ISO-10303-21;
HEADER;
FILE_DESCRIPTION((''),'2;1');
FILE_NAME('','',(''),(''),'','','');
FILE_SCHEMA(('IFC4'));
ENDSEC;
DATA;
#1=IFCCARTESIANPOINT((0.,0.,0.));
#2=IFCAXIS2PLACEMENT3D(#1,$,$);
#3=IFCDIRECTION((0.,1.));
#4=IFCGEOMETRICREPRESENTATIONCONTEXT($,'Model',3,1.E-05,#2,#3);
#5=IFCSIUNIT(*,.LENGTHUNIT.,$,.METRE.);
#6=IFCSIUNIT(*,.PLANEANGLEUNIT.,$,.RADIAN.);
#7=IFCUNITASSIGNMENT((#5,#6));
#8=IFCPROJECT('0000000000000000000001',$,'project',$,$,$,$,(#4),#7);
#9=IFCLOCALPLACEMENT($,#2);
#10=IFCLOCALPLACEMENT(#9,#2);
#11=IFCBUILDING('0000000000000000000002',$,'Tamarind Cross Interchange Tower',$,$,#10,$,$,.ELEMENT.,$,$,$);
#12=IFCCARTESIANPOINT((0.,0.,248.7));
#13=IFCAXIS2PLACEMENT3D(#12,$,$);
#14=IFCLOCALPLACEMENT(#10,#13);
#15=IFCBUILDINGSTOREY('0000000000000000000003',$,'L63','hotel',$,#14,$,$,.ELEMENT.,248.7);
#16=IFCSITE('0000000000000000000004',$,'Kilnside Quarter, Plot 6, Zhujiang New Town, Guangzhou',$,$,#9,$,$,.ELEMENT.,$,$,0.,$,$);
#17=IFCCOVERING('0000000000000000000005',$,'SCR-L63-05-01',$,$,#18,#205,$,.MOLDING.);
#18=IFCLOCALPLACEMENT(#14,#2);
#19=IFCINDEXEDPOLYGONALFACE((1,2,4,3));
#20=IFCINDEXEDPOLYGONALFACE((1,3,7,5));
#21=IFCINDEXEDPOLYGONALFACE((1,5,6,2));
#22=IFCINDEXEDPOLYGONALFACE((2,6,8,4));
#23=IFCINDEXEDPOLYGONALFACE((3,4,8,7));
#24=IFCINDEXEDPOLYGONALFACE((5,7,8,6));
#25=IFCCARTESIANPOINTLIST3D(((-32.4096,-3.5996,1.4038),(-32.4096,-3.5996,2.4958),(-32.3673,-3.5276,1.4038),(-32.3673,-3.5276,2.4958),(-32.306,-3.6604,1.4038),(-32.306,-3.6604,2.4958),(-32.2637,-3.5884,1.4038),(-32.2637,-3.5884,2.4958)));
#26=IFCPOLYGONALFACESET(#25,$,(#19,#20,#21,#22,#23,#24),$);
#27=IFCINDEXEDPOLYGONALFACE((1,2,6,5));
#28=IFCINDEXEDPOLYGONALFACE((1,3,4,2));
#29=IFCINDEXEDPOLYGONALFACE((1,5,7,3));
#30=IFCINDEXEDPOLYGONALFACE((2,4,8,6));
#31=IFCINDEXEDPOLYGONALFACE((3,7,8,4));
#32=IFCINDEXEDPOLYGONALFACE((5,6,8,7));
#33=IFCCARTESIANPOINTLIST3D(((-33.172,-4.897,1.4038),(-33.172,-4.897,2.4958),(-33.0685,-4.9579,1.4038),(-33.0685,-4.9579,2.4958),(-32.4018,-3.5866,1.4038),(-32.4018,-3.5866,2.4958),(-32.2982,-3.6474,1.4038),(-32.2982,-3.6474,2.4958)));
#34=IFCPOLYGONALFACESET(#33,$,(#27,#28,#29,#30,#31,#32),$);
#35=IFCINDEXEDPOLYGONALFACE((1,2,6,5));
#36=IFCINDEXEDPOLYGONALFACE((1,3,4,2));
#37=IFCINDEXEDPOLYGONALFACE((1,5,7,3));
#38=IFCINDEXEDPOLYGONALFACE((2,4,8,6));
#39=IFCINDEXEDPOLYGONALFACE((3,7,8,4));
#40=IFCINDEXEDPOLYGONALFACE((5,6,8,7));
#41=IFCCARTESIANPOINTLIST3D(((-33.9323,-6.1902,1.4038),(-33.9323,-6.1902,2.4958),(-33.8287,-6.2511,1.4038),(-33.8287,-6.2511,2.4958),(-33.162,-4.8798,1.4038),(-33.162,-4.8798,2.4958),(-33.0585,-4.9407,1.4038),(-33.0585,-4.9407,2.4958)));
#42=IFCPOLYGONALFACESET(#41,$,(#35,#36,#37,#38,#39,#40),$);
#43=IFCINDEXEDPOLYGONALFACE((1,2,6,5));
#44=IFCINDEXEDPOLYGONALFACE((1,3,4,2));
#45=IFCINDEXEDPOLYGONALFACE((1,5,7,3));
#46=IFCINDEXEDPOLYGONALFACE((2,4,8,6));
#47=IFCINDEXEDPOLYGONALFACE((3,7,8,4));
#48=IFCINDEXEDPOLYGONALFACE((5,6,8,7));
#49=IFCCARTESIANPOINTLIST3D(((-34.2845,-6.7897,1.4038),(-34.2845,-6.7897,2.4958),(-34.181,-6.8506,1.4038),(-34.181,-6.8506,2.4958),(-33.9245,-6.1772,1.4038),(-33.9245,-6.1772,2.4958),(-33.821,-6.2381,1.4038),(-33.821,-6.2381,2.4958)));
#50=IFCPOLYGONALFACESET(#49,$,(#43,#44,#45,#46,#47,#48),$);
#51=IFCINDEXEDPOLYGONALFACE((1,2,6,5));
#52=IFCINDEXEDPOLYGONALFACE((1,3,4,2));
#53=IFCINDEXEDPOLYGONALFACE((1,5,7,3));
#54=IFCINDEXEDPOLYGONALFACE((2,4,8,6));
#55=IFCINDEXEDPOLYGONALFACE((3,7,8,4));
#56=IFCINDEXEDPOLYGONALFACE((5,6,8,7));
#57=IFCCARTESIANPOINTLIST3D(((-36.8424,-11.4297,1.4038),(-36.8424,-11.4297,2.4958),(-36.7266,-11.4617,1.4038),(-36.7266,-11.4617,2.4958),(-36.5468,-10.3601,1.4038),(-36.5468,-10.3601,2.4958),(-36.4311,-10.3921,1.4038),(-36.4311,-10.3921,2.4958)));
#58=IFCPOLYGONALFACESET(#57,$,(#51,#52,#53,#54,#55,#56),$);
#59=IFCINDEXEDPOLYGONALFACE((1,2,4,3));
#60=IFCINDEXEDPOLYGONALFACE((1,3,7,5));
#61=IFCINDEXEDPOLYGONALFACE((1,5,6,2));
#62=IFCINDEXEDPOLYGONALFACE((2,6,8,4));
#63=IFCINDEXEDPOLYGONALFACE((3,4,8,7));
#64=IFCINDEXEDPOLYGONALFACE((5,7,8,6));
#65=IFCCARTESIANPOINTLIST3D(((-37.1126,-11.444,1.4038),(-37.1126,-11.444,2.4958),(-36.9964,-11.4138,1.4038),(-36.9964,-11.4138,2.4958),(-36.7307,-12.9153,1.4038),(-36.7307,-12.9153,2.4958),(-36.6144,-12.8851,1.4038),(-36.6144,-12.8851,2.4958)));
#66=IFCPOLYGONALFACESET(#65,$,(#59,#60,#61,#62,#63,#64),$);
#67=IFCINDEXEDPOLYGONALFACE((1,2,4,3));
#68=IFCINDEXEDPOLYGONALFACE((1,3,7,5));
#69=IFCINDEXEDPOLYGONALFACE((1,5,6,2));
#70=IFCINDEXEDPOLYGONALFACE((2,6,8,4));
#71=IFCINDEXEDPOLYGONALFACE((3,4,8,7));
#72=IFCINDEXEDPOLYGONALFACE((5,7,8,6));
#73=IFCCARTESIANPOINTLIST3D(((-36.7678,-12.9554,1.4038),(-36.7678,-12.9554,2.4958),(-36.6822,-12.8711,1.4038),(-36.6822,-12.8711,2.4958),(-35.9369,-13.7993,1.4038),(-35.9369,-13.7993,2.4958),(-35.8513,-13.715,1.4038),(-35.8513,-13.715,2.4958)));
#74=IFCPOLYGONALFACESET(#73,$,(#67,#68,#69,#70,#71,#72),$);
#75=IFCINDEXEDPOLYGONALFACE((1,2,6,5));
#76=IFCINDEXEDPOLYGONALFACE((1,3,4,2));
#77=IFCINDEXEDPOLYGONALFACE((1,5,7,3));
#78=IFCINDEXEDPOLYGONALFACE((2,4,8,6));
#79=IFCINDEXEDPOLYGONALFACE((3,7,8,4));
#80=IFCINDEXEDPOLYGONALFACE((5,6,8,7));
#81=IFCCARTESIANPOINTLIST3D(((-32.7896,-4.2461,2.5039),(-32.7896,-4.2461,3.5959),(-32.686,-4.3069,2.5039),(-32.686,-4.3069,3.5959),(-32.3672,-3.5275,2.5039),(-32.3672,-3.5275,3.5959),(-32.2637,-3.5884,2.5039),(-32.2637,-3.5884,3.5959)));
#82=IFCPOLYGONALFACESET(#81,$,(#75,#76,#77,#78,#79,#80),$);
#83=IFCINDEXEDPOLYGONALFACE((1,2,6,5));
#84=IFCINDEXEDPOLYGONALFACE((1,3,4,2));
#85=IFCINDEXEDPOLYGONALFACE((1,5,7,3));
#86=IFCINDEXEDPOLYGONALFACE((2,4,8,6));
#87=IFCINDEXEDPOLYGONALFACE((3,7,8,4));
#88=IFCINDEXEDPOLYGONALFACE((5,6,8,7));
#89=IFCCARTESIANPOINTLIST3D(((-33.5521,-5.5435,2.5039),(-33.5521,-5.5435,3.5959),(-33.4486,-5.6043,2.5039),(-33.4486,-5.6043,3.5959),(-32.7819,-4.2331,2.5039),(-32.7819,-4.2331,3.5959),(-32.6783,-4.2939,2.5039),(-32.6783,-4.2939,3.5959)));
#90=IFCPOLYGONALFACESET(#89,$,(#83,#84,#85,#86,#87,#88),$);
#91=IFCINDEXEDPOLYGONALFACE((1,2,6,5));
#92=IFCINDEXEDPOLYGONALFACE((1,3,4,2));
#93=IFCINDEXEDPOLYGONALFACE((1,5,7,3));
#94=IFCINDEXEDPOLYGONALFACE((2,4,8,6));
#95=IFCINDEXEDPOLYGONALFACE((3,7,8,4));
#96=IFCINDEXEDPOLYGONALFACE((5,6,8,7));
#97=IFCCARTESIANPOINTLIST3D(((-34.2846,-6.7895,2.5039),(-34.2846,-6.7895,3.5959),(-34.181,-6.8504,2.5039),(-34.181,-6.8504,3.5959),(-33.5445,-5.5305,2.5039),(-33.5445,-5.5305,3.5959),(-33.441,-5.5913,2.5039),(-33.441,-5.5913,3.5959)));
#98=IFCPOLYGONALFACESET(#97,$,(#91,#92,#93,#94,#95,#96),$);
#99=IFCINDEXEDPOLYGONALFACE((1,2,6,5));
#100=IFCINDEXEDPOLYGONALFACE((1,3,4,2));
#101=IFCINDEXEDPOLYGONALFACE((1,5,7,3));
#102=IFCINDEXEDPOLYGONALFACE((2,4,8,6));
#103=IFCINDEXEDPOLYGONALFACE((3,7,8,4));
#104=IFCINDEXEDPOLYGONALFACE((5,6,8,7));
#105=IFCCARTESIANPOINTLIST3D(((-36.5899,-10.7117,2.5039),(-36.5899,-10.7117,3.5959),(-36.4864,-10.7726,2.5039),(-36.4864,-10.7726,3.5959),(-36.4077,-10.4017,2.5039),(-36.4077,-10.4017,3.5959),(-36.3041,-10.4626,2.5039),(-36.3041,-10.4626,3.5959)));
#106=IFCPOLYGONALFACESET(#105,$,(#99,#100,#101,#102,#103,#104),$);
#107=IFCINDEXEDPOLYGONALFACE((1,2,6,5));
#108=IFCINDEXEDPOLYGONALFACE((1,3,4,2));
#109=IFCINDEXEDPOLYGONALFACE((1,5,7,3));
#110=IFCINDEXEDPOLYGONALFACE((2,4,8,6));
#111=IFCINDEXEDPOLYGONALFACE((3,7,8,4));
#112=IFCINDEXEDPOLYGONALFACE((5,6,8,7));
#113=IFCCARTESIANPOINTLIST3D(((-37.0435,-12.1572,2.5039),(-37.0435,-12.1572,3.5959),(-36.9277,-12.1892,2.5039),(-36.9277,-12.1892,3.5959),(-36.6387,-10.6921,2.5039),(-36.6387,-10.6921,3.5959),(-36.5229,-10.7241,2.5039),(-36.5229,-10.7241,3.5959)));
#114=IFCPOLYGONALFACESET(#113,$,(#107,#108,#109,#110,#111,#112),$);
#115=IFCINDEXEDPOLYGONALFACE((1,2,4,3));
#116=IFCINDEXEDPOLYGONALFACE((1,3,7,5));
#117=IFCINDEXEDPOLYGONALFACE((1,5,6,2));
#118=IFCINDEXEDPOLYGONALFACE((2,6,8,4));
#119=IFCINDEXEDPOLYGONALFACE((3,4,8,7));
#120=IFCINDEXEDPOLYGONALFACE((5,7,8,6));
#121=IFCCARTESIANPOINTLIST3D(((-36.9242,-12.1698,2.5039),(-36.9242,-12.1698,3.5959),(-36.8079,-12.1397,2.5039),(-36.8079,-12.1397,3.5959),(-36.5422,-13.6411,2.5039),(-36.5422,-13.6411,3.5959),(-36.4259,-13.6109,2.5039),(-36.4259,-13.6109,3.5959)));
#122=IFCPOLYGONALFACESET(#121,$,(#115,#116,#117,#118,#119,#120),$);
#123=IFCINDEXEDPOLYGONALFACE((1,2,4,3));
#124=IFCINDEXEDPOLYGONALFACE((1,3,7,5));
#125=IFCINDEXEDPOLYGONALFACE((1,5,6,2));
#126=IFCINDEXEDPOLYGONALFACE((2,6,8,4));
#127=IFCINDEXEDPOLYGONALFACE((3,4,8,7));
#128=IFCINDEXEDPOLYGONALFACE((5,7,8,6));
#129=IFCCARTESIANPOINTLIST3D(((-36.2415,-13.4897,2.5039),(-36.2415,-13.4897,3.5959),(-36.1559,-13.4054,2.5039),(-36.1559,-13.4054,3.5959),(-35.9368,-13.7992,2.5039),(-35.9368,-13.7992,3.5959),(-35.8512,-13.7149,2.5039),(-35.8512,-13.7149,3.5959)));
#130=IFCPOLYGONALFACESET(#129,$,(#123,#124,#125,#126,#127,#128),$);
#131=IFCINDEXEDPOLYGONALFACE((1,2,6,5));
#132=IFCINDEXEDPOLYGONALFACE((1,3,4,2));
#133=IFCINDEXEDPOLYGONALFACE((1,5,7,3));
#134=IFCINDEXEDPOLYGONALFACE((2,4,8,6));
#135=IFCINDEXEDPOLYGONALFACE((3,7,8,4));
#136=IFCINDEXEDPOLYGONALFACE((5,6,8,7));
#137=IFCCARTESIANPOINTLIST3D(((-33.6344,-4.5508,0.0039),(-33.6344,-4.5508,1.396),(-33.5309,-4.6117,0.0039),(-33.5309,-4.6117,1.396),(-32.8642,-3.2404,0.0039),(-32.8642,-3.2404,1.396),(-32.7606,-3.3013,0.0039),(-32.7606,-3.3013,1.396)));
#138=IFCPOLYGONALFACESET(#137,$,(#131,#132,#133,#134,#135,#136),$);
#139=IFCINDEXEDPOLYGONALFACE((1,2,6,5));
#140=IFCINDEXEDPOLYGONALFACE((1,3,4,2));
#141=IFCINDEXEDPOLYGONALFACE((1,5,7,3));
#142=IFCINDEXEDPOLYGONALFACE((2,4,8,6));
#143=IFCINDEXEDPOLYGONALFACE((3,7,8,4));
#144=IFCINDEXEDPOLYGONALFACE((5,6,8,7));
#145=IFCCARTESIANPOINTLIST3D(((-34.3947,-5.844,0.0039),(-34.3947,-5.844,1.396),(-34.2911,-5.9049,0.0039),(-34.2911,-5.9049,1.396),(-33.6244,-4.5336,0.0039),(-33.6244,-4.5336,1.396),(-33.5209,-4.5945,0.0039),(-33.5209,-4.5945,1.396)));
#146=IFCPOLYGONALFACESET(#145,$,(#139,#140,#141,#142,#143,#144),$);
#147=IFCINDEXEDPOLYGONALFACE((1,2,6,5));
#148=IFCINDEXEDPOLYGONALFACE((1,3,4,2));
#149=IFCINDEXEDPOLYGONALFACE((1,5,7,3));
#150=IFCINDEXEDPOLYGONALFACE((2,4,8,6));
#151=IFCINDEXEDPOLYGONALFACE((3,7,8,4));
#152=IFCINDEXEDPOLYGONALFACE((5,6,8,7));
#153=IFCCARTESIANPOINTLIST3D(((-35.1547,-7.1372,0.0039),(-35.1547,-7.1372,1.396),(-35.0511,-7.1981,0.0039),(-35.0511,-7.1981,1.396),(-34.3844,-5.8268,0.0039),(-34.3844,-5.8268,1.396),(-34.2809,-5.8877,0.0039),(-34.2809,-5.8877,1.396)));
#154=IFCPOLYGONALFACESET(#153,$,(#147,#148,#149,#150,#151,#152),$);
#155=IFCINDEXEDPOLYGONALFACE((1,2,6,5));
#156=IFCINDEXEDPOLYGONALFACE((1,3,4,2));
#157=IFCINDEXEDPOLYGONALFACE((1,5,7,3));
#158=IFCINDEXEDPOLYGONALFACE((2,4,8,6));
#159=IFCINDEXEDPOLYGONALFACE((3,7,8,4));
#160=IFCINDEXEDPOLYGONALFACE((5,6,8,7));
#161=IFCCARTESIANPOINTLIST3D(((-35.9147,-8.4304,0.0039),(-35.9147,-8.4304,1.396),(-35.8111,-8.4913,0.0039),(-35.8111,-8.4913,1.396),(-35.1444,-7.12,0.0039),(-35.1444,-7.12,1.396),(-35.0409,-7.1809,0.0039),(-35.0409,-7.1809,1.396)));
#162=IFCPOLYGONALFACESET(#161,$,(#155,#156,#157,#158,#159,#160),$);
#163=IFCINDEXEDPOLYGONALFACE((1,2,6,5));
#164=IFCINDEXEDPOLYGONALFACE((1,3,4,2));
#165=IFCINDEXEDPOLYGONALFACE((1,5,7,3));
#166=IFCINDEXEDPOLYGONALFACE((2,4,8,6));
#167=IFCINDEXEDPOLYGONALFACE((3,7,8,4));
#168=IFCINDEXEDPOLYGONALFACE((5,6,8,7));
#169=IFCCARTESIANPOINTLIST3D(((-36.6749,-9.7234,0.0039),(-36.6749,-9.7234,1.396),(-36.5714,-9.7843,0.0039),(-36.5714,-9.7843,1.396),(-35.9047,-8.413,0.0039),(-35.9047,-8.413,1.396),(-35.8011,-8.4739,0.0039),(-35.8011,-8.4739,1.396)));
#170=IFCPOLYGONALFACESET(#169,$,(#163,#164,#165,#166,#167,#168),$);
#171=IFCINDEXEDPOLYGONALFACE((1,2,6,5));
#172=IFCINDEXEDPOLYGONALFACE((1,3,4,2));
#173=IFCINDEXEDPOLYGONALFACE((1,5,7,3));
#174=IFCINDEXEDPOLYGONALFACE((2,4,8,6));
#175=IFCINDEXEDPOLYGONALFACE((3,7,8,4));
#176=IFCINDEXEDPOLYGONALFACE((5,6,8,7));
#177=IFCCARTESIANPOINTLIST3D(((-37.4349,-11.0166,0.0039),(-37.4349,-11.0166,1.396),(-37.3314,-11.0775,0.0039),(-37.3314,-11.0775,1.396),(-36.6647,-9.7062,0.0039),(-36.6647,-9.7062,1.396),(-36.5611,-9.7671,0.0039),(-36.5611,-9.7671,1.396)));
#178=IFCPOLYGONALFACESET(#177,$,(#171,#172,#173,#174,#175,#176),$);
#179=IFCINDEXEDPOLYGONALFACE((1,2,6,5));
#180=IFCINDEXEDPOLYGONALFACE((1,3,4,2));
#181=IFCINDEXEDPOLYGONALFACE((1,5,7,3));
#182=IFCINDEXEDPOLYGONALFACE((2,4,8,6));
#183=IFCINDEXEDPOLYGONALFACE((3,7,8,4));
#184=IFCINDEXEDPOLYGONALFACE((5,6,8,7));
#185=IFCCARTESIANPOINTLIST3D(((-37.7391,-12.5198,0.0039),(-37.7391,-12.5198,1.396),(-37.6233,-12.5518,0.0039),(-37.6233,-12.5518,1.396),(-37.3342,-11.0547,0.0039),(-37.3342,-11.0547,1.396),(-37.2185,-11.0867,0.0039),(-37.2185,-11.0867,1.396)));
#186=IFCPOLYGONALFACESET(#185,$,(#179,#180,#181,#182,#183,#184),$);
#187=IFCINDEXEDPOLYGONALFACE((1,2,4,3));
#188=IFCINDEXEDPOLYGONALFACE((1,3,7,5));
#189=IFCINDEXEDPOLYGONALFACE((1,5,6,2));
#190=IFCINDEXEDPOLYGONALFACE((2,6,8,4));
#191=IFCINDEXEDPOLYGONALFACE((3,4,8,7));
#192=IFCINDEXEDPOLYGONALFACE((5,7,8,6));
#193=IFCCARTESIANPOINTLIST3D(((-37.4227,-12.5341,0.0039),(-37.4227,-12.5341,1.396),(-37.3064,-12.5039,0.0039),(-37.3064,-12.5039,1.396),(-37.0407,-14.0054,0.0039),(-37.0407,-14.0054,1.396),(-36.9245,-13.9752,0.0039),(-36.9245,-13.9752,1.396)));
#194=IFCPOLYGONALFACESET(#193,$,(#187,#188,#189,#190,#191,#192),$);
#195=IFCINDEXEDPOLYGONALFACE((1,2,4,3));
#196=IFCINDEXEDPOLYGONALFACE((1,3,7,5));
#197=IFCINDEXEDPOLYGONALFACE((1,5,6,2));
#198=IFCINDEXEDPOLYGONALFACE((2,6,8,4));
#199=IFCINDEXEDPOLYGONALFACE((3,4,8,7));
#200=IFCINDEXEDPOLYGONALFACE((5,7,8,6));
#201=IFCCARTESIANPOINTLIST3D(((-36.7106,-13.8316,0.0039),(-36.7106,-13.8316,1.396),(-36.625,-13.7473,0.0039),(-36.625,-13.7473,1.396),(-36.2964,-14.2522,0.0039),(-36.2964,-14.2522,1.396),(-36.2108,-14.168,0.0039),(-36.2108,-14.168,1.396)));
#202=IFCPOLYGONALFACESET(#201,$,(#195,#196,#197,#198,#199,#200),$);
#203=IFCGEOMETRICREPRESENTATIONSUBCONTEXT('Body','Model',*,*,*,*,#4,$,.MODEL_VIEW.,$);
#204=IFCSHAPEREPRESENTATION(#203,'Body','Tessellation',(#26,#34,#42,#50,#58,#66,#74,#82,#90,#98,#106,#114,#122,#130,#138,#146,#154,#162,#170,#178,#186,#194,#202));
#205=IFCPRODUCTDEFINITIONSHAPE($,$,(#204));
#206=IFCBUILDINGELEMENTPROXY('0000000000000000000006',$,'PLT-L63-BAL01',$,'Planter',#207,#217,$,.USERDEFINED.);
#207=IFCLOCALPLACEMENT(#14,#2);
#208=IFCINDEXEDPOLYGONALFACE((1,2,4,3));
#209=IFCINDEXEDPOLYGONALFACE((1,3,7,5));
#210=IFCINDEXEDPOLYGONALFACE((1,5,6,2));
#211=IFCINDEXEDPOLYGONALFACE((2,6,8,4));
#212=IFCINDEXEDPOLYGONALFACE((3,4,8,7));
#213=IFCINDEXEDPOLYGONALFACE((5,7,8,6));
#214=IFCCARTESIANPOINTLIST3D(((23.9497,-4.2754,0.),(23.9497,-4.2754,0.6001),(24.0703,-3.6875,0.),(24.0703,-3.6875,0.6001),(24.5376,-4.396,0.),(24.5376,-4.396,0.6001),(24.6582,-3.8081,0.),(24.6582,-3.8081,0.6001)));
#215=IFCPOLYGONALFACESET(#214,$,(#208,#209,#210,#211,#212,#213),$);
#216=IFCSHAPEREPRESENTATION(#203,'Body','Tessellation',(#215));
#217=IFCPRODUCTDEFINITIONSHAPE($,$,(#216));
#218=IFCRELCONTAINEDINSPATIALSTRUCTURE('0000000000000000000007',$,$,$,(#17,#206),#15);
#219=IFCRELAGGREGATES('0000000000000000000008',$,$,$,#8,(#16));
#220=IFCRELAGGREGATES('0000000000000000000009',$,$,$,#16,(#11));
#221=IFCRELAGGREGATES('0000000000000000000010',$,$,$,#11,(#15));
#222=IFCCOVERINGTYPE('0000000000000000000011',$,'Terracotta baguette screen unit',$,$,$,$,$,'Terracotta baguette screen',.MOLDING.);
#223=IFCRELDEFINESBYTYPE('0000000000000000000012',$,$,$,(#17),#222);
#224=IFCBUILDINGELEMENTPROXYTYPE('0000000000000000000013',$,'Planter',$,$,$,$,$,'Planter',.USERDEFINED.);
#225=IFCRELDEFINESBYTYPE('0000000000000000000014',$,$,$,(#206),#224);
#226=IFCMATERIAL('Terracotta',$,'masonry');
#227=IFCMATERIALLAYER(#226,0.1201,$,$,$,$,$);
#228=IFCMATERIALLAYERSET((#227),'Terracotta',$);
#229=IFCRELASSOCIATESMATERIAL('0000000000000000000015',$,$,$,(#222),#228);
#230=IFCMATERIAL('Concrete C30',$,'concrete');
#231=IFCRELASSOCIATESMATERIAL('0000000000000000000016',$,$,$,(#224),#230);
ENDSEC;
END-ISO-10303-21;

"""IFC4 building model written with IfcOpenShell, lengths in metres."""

from ifc_helpers import new_model, si_unit, direction, frame, origin, origin_2d, place, context, subcontext, project, spatial, rectangle, extrude, material, layer, layer_set, type_object, element, save


model = new_model("IFC4")

# Units and contexts
model_context = context("Model", 3, precision=1e-05, world=origin(), true_north=direction((0.0, 1.0)))
body_context = subcontext(model_context, "Body", "Model", "MODEL_VIEW")
ifc_project = project(units=[si_unit("LENGTHUNIT", "METRE"), si_unit("PLANEANGLEUNIT", "RADIAN")], contexts=[model_context])

# Site, building, storey
site_placement = place(None, origin())
site = spatial("IfcSite", under=ifc_project, at=site_placement, Name="Kilnside Quarter, Plot 6, Zhujiang New Town, Guangzhou", CompositionType="ELEMENT", RefElevation=0.0)
building_placement = place(site_placement, origin())
building = spatial("IfcBuilding", under=site, at=building_placement, Name="Tamarind Cross Interchange Tower", CompositionType="ELEMENT")
storey_placement = place(building_placement, frame((0.0, 0.0, 248.7)))
storey = spatial("IfcBuildingStorey", under=building, at=storey_placement, Name="L63", Description="hotel", CompositionType="ELEMENT", Elevation=248.7)

# Covering
ifc_material_1 = material(Name="Terracotta", Category="masonry")
ifc_layer_1 = layer(ifc_material_1, 0.1201)
ifc_layer_set_1 = layer_set([ifc_layer_1], Name="Terracotta")
covering_type = type_object("IfcCoveringType", Name="Terracotta baguette screen unit", ElementType="Terracotta baguette screen", PredefinedType="MOLDING", material=ifc_layer_set_1)
covering_1_placement = place(storey_placement, origin())
element("IfcCovering", 1, at=covering_1_placement, inside=storey, type_object=covering_type, Name="SCR-L63-05-01", PredefinedType="MOLDING", context=body_context, shape_type="SweptSolid", body=[
    extrude(rectangle(XDim=0.0835, YDim=0.1201, at=origin_2d()), frame((-32.3367, -3.594, 1.4038), z_axis=(0.0, 0.0, 1.0), x_axis=(-0.506732, -0.862104, 0.0)), (0.0, 0.0, 1.0), 1.092),
    extrude(rectangle(XDim=1.52, YDim=0.1201, at=origin_2d()), frame((-32.7351, -4.2722, 1.4038), z_axis=(0.0, 0.0, 1.0), x_axis=(-0.506732, -0.862104, 0.0)), (0.0, 0.0, 1.0), 1.092),
    extrude(rectangle(XDim=1.52, YDim=0.1201, at=origin_2d()), frame((-33.4954, -5.5654, 1.4038), z_axis=(0.0, 0.0, 1.0), x_axis=(-0.506732, -0.862104, 0.0)), (0.0, 0.0, 1.0), 1.092),
    extrude(rectangle(XDim=0.7104, YDim=0.1201, at=origin_2d()), frame((-34.0527, -6.5139, 1.4038), z_axis=(0.0, 0.0, 1.0), x_axis=(-0.506732, -0.862104, 0.0)), (0.0, 0.0, 1.0), 1.092),
    extrude(rectangle(XDim=1.1096, YDim=0.1201, at=origin_2d()), frame((-36.6367, -10.9109, 1.4038), z_axis=(0.0, 0.0, 1.0), x_axis=(-0.266337, -0.96388, 0.0)), (0.0, 0.0, 1.0), 1.092),
    extrude(rectangle(XDim=1.52, YDim=0.1201, at=origin_2d()), frame((-36.8635, -12.1646, 1.4038), z_axis=(0.0, 0.0, 1.0), x_axis=(0.251286, -0.967913, 0.0)), (0.0, 0.0, 1.0), 1.092),
    extrude(rectangle(XDim=1.1843, YDim=0.1201, at=origin_2d()), frame((-36.3096, -13.3352, 1.4038), z_axis=(0.0, 0.0, 1.0), x_axis=(0.701576, -0.712594, 0.0)), (0.0, 0.0, 1.0), 1.092),
    extrude(rectangle(XDim=0.8335, YDim=0.1201, at=origin_2d()), frame((-32.5266, -3.9172, 2.5039), z_axis=(0.0, 0.0, 1.0), x_axis=(-0.506732, -0.862104, 0.0)), (0.0, 0.0, 1.0), 1.092),
    extrude(rectangle(XDim=1.52, YDim=0.1201, at=origin_2d()), frame((-33.1152, -4.9187, 2.5039), z_axis=(0.0, 0.0, 1.0), x_axis=(-0.506732, -0.862104, 0.0)), (0.0, 0.0, 1.0), 1.092),
    extrude(rectangle(XDim=1.4604, YDim=0.1201, at=origin_2d()), frame((-33.8628, -6.1904, 2.5039), z_axis=(0.0, 0.0, 1.0), x_axis=(-0.506732, -0.862104, 0.0)), (0.0, 0.0, 1.0), 1.092),
    extrude(rectangle(XDim=0.3596, YDim=0.1201, at=origin_2d()), frame((-36.447, -10.5872, 2.5039), z_axis=(0.0, 0.0, 1.0), x_axis=(-0.506732, -0.862104, 0.0)), (0.0, 0.0, 1.0), 1.092),
    extrude(rectangle(XDim=1.52, YDim=0.1201, at=origin_2d()), frame((-36.7832, -11.4407, 2.5039), z_axis=(0.0, 0.0, 1.0), x_axis=(-0.266337, -0.96388, 0.0)), (0.0, 0.0, 1.0), 1.092),
    extrude(rectangle(XDim=1.52, YDim=0.1201, at=origin_2d()), frame((-36.675, -12.8904, 2.5039), z_axis=(0.0, 0.0, 1.0), x_axis=(0.251286, -0.967913, 0.0)), (0.0, 0.0, 1.0), 1.092),
    extrude(rectangle(XDim=0.4343, YDim=0.1201, at=origin_2d()), frame((-36.0464, -13.6023, 2.5039), z_axis=(0.0, 0.0, 1.0), x_axis=(0.701576, -0.712594, 0.0)), (0.0, 0.0, 1.0), 1.092),
    extrude(rectangle(XDim=1.52, YDim=0.1201, at=origin_2d()), frame((-33.1975, -3.926, 0.0039), z_axis=(0.0, 0.0, 1.0), x_axis=(-0.506732, -0.862104, 0.0)), (0.0, 0.0, 1.0), 1.3921),
    extrude(rectangle(XDim=1.52, YDim=0.1201, at=origin_2d()), frame((-33.9578, -5.2192, 0.0039), z_axis=(0.0, 0.0, 1.0), x_axis=(-0.506732, -0.862104, 0.0)), (0.0, 0.0, 1.0), 1.3921),
    extrude(rectangle(XDim=1.52, YDim=0.1201, at=origin_2d()), frame((-34.7178, -6.5125, 0.0039), z_axis=(0.0, 0.0, 1.0), x_axis=(-0.506732, -0.862104, 0.0)), (0.0, 0.0, 1.0), 1.3921),
    extrude(rectangle(XDim=1.52, YDim=0.1201, at=origin_2d()), frame((-35.4778, -7.8057, 0.0039), z_axis=(0.0, 0.0, 1.0), x_axis=(-0.506732, -0.862104, 0.0)), (0.0, 0.0, 1.0), 1.3921),
    extrude(rectangle(XDim=1.52, YDim=0.1201, at=origin_2d()), frame((-36.238, -9.0986, 0.0039), z_axis=(0.0, 0.0, 1.0), x_axis=(-0.506732, -0.862104, 0.0)), (0.0, 0.0, 1.0), 1.3921),
    extrude(rectangle(XDim=1.52, YDim=0.1201, at=origin_2d()), frame((-36.998, -10.3918, 0.0039), z_axis=(0.0, 0.0, 1.0), x_axis=(-0.506732, -0.862104, 0.0)), (0.0, 0.0, 1.0), 1.3921),
    extrude(rectangle(XDim=1.52, YDim=0.1201, at=origin_2d()), frame((-37.4788, -11.8032, 0.0039), z_axis=(0.0, 0.0, 1.0), x_axis=(-0.266337, -0.96388, 0.0)), (0.0, 0.0, 1.0), 1.3921),
    extrude(rectangle(XDim=1.52, YDim=0.1201, at=origin_2d()), frame((-37.1736, -13.2546, 0.0039), z_axis=(0.0, 0.0, 1.0), x_axis=(0.251286, -0.967913, 0.0)), (0.0, 0.0, 1.0), 1.3921),
    extrude(rectangle(XDim=0.5903, YDim=0.1201, at=origin_2d()), frame((-36.4607, -13.9998, 0.0039), z_axis=(0.0, 0.0, 1.0), x_axis=(0.701576, -0.712594, 0.0)), (0.0, 0.0, 1.0), 1.3921),
])

# Building element proxy
ifc_material_2 = material(Name="Concrete C30", Category="concrete")
building_element_proxy_type = type_object("IfcBuildingElementProxyType", Name="Planter", ElementType="Planter", PredefinedType="USERDEFINED", material=ifc_material_2)
proxy_placement = place(storey_placement, origin())
element("IfcBuildingElementProxy", 2, at=proxy_placement, inside=storey, type_object=building_element_proxy_type, Name="PLT-L63-BAL01", ObjectType="Planter", PredefinedType="USERDEFINED", context=body_context, shape_type="SweptSolid", body=[
    extrude(rectangle(XDim=0.6001, YDim=0.6001, at=origin_2d()), frame((24.304, -4.0417, 0.0), z_axis=(0.0, 0.0, 1.0), x_axis=(0.201001, 0.979591, 0.0)), (0.0, 0.0, 1.0), 0.6001),
])

save(model, "model.ifc")
